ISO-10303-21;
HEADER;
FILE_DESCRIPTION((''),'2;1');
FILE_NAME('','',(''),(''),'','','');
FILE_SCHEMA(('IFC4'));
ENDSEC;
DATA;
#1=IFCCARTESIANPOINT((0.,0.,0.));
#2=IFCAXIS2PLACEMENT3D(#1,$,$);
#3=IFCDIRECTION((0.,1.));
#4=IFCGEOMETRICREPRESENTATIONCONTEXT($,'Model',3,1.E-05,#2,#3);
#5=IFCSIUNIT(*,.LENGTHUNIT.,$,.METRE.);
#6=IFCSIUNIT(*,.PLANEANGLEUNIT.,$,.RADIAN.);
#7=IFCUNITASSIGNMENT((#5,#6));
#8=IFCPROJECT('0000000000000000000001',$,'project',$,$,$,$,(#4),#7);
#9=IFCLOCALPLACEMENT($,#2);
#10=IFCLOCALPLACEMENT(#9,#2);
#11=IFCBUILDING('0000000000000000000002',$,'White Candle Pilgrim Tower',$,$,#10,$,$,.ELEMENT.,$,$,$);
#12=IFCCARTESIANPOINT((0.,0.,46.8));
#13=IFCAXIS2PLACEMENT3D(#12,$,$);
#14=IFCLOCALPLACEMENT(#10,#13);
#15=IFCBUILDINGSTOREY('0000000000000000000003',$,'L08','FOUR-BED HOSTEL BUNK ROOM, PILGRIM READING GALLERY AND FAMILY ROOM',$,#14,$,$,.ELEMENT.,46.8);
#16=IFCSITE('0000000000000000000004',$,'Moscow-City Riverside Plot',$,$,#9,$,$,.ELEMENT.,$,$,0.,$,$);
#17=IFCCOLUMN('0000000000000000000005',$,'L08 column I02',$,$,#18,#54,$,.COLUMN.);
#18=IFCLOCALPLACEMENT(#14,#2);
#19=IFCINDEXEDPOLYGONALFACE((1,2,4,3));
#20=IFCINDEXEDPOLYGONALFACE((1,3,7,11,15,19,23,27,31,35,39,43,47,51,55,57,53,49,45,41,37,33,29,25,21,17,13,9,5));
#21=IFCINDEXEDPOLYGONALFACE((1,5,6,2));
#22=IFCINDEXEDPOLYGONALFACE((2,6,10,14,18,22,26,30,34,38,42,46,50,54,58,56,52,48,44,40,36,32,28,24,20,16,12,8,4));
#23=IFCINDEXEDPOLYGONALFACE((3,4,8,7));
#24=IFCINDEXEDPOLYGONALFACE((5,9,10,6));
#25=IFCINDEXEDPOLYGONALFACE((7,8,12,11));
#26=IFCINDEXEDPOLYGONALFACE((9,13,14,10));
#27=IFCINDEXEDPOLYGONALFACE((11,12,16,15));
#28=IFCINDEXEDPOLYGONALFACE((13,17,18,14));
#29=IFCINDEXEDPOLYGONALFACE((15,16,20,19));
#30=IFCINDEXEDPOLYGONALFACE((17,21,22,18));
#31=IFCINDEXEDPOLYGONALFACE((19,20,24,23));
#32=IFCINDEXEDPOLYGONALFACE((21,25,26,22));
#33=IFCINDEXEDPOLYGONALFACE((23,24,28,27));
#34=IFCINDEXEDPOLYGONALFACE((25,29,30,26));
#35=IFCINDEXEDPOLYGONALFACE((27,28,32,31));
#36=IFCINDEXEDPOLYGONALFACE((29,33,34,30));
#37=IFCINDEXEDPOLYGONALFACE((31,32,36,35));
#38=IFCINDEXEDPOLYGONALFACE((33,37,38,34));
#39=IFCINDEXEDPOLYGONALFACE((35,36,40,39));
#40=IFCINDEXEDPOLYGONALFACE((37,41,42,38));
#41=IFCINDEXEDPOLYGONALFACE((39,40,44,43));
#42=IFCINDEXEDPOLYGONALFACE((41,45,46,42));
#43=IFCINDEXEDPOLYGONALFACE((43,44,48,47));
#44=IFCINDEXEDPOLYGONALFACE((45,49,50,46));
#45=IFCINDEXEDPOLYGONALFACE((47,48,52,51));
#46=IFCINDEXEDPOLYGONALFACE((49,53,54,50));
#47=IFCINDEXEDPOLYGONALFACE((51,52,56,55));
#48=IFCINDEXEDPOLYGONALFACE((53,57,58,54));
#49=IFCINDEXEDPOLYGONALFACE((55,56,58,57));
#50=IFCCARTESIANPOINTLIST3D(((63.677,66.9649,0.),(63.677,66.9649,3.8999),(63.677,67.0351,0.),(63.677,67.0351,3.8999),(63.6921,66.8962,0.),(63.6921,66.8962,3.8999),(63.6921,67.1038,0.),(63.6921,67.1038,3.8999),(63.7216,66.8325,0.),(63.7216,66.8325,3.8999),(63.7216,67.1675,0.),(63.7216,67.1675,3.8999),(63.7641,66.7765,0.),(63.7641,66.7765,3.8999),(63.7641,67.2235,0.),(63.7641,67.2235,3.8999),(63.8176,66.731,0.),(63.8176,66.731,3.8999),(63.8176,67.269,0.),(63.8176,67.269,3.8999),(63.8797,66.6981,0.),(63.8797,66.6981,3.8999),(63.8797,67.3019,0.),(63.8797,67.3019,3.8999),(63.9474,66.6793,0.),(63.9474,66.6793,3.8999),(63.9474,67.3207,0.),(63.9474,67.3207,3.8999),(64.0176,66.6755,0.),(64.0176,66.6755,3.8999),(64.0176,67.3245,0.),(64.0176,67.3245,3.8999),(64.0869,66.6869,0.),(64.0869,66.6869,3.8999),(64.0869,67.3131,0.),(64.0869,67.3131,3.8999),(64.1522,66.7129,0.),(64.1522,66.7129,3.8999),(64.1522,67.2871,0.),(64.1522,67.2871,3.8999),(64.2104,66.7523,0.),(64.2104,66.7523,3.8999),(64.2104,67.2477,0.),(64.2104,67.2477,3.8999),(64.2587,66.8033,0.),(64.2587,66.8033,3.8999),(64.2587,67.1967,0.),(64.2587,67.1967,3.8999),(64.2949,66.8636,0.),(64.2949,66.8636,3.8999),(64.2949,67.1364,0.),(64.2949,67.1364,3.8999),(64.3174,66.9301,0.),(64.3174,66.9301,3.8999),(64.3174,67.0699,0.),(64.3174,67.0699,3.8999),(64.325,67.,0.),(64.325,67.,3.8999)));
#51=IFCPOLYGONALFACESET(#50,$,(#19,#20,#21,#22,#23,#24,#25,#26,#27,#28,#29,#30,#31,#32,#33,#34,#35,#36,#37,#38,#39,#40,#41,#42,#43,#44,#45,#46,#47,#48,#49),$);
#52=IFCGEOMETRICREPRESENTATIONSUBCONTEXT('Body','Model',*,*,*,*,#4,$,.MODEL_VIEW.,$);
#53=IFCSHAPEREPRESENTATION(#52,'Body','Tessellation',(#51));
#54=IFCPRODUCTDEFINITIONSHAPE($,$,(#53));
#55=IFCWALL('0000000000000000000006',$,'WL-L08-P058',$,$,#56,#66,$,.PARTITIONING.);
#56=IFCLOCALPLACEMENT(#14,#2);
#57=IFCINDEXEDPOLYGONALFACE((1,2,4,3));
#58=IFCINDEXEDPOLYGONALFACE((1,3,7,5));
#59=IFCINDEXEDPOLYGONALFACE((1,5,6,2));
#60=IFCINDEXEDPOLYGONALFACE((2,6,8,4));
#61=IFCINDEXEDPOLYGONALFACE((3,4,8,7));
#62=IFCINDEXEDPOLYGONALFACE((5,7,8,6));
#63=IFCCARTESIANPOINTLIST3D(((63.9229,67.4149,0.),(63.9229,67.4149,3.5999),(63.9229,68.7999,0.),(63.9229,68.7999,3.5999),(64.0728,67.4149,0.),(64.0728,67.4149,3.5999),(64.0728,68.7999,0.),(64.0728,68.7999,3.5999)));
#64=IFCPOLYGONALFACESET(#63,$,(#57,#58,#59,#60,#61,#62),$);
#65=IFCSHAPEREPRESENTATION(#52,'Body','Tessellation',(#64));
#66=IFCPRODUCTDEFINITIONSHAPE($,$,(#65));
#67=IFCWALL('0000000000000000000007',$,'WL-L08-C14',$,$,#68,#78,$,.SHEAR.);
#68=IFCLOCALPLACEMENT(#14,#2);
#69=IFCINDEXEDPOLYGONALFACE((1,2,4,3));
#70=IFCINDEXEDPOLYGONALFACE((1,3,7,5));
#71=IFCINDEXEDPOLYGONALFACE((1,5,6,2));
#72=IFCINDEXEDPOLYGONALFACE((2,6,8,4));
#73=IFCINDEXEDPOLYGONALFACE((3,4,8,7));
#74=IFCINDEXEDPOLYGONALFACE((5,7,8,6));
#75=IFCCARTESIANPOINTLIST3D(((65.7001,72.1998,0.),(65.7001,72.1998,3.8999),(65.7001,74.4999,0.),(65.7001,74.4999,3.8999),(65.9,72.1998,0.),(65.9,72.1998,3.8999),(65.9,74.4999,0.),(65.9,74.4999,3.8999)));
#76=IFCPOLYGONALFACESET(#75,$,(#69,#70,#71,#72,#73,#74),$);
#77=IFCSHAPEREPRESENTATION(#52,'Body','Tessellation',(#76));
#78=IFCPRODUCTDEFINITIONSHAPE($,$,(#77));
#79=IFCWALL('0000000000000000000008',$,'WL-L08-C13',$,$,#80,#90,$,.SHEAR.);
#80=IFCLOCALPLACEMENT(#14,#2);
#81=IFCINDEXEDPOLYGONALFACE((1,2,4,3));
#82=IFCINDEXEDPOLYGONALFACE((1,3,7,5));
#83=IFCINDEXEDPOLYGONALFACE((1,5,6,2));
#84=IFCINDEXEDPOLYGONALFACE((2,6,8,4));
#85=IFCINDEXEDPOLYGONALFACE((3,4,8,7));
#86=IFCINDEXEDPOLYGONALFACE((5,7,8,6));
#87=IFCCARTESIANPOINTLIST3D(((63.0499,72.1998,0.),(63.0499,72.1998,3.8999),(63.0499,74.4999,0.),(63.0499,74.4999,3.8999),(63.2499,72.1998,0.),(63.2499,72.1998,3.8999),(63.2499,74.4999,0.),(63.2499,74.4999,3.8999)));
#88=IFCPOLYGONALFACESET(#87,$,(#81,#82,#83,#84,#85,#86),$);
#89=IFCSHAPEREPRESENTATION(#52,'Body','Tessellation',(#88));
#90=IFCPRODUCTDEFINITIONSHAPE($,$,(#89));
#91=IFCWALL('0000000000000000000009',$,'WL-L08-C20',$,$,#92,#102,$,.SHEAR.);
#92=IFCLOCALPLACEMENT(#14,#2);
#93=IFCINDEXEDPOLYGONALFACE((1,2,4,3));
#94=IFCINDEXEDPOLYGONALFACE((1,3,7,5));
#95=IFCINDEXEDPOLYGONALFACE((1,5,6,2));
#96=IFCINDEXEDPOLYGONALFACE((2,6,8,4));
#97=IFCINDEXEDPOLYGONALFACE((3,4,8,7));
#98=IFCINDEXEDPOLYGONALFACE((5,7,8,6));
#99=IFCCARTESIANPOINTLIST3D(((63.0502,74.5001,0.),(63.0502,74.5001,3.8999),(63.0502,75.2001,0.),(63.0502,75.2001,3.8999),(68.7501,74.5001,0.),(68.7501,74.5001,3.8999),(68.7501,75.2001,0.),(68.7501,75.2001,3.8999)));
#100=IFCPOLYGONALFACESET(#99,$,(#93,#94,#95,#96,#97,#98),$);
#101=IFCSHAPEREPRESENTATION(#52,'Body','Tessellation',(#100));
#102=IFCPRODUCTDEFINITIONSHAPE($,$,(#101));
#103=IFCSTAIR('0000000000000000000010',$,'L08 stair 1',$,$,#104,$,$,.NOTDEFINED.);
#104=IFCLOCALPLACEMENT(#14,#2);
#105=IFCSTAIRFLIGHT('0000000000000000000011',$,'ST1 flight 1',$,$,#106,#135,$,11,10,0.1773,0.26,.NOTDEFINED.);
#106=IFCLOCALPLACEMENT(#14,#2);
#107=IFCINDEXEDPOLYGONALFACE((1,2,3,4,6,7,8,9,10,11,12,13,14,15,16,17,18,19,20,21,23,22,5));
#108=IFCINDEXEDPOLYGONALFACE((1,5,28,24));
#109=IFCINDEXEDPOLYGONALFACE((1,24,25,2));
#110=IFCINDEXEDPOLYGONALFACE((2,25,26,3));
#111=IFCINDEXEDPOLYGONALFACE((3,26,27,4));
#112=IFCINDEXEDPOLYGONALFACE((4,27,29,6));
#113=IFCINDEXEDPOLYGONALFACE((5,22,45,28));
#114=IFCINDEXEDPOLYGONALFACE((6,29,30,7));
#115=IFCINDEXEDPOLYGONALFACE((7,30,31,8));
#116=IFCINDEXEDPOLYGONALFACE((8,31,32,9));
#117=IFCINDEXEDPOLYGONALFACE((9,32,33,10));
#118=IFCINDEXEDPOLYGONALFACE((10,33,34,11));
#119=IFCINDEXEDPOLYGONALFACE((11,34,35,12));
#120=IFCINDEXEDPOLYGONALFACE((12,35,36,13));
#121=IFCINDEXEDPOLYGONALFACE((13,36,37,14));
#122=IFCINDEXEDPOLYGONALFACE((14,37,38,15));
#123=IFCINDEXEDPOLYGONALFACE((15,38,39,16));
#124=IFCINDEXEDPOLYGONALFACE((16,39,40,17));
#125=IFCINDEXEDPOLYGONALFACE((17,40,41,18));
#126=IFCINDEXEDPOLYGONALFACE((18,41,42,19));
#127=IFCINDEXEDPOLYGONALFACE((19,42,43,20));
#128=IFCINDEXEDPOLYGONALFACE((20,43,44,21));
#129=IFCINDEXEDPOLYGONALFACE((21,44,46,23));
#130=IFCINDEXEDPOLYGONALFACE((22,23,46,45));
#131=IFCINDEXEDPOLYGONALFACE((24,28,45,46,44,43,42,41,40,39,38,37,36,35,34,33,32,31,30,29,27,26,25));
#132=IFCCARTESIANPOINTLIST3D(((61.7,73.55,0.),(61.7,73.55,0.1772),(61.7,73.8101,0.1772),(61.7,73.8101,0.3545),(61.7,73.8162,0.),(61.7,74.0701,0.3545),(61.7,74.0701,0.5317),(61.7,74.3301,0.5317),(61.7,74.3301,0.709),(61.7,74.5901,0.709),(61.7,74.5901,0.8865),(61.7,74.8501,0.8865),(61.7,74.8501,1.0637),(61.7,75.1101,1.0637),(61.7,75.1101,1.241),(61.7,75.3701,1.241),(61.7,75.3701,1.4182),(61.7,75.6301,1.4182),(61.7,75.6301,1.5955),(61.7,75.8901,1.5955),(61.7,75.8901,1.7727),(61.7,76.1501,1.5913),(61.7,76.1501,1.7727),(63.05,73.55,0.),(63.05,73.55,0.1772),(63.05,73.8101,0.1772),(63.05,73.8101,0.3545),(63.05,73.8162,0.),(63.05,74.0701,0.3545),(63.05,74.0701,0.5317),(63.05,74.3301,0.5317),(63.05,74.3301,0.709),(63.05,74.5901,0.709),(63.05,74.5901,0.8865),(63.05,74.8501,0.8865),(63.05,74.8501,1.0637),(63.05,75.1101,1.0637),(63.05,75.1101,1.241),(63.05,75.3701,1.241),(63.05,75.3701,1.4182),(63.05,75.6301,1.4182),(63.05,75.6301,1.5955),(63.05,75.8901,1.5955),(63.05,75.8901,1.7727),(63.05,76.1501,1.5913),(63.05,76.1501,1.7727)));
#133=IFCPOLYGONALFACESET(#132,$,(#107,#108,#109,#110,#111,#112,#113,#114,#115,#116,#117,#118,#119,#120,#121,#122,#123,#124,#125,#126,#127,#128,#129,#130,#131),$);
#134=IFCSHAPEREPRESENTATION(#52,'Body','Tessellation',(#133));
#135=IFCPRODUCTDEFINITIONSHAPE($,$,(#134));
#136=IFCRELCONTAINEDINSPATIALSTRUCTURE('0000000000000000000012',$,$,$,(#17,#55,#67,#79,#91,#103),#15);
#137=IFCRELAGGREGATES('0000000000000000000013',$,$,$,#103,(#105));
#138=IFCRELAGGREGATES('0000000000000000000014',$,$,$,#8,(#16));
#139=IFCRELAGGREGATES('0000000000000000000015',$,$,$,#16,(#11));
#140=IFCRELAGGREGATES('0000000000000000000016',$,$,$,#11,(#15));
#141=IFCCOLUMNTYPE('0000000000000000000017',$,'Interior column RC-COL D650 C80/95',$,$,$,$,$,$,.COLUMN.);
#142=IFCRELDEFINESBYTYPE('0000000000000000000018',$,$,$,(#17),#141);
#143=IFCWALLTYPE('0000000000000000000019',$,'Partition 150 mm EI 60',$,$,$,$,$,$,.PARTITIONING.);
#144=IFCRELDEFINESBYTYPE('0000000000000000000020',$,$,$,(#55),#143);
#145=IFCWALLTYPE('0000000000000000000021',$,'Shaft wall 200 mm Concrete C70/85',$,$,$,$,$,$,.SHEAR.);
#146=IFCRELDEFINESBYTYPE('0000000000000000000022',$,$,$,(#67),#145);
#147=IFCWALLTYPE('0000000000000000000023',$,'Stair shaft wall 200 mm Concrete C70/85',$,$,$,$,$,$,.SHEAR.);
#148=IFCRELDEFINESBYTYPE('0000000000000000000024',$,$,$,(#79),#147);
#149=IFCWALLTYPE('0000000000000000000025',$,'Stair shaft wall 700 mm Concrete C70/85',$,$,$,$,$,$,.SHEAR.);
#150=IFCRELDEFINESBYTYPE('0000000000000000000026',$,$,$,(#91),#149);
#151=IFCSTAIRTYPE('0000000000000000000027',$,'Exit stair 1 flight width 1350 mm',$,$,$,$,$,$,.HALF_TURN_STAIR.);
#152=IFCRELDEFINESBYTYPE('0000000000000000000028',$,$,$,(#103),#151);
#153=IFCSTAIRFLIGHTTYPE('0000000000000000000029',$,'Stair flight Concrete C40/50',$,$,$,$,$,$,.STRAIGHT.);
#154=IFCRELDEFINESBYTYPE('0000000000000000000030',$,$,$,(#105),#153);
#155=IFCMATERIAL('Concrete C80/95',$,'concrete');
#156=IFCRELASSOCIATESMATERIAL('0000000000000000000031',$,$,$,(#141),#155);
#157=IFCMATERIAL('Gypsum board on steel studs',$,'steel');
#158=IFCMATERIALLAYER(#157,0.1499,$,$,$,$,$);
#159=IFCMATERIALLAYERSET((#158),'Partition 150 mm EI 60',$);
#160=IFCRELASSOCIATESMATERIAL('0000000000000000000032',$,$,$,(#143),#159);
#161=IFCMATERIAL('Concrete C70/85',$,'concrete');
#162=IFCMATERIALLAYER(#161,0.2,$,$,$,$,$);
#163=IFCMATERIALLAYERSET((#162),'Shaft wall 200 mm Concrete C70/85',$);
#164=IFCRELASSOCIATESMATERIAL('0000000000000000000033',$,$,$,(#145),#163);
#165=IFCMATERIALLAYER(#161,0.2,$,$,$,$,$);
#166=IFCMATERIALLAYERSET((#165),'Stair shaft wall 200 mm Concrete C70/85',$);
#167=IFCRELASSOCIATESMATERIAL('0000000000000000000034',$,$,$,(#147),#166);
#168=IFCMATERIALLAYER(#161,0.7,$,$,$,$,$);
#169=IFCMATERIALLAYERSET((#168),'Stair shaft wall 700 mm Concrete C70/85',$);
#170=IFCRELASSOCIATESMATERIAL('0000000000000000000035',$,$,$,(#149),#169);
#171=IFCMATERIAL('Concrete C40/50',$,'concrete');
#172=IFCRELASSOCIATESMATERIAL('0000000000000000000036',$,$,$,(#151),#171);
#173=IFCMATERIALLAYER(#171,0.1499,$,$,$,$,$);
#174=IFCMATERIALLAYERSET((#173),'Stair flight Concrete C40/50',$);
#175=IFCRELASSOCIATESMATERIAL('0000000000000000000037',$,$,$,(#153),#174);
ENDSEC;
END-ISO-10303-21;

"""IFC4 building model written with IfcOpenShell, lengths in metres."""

from ifc_helpers import new_model, si_unit, direction, frame, frame_2d, origin, origin_2d, place, context, subcontext, project, spatial, polyline, rectangle, circle, outline, extrude, material, layer, layer_set, material_profile, profile_set, type_object, element, aggregate, save


model = new_model("IFC4")

# Units and contexts
model_context = context("Model", 3, precision=1e-05, world=origin(), true_north=direction((0.0, 1.0)))
body_context = subcontext(model_context, "Body", "Model", "MODEL_VIEW")
ifc_project = project(units=[si_unit("LENGTHUNIT", "METRE"), si_unit("PLANEANGLEUNIT", "RADIAN")], contexts=[model_context])

# Site, building, storey
site_placement = place(None, origin())
site = spatial("IfcSite", under=ifc_project, at=site_placement, Name="Moscow-City Riverside Plot", CompositionType="ELEMENT", RefElevation=0.0)
building_placement = place(site_placement, origin())
building = spatial("IfcBuilding", under=site, at=building_placement, Name="White Candle Pilgrim Tower", CompositionType="ELEMENT")
storey_placement = place(building_placement, frame((0.0, 0.0, 46.8)))
storey = spatial("IfcBuildingStorey", under=building, at=storey_placement, Name="L08", Description="FOUR-BED HOSTEL BUNK ROOM, PILGRIM READING GALLERY AND FAMILY ROOM", CompositionType="ELEMENT", Elevation=46.8)

# Column
ifc_material_1 = material(Name="Concrete C80/95", Category="concrete")
ifc_material_profile = material_profile(ifc_material_1, circle(Radius=0.325, at=origin_2d()), Name="RC-COL D650")
ifc_profile_set = profile_set([ifc_material_profile], Name="Concrete C80/95")
column_type = type_object("IfcColumnType", Name="Interior column RC-COL D650 C80/95", PredefinedType="COLUMN", material=ifc_profile_set)
column_placement = place(storey_placement, frame((64.0, 67.0, 0.0), z_axis=(0.0, 0.0, 1.0), x_axis=(1.0, 0.0, 0.0)))
element("IfcColumn", 1, at=column_placement, inside=storey, type_object=column_type, Name="L08 column I02", PredefinedType="COLUMN", context=body_context, shape_type="SweptSolid", body=[
    extrude(circle(Radius=0.325, at=origin_2d()), origin(), (0.0, 0.0, 1.0), 3.8999),
])

# Walls
ifc_material_2 = material(Name="Gypsum board on steel studs", Category="steel")
ifc_layer_1 = layer(ifc_material_2, 0.1499)
ifc_layer_set_1 = layer_set([ifc_layer_1], Name="Partition 150 mm EI 60")
wall_type_1 = type_object("IfcWallType", Name="Partition 150 mm EI 60", PredefinedType="PARTITIONING", material=ifc_layer_set_1)
wall_1_placement = place(storey_placement, frame((63.9978, 67.415, 0.0), z_axis=(0.0, 0.0, 1.0), x_axis=(0.0, 1.0, 0.0)))
element("IfcWall", 2, at=wall_1_placement, inside=storey, type_object=wall_type_1, Name="WL-L08-P058", PredefinedType="PARTITIONING", context=body_context, shape_type="SweptSolid", body=[
    extrude(rectangle(XDim=1.385, YDim=0.1499, at=frame_2d((0.6924, 0.0))), origin(), (0.0, 0.0, 1.0), 3.5999),
])
ifc_material_3 = material(Name="Concrete C70/85", Category="concrete")
ifc_layer_2 = layer(ifc_material_3, 0.2)
ifc_layer_set_2 = layer_set([ifc_layer_2], Name="Shaft wall 200 mm Concrete C70/85")
wall_type_2 = type_object("IfcWallType", Name="Shaft wall 200 mm Concrete C70/85", PredefinedType="SHEAR", material=ifc_layer_set_2)
wall_2_placement = place(storey_placement, frame((65.8, 72.2, 0.0), z_axis=(0.0, 0.0, 1.0), x_axis=(0.0, 1.0, 0.0)))
element("IfcWall", 3, at=wall_2_placement, inside=storey, type_object=wall_type_2, Name="WL-L08-C14", PredefinedType="SHEAR", context=body_context, shape_type="SweptSolid", body=[
    extrude(rectangle(XDim=2.3, YDim=0.2, at=frame_2d((1.1499, 0.0))), origin(), (0.0, 0.0, 1.0), 3.8999),
])
ifc_layer_3 = layer(ifc_material_3, 0.2)
ifc_layer_set_3 = layer_set([ifc_layer_3], Name="Stair shaft wall 200 mm Concrete C70/85")
wall_type_3 = type_object("IfcWallType", Name="Stair shaft wall 200 mm Concrete C70/85", PredefinedType="SHEAR", material=ifc_layer_set_3)
wall_3_placement = place(storey_placement, frame((63.1499, 72.2, 0.0), z_axis=(0.0, 0.0, 1.0), x_axis=(0.0, 1.0, 0.0)))
element("IfcWall", 4, at=wall_3_placement, inside=storey, type_object=wall_type_3, Name="WL-L08-C13", PredefinedType="SHEAR", context=body_context, shape_type="SweptSolid", body=[
    extrude(rectangle(XDim=2.3, YDim=0.2, at=frame_2d((1.1499, 0.0))), origin(), (0.0, 0.0, 1.0), 3.8999),
])
ifc_layer_4 = layer(ifc_material_3, 0.7)
ifc_layer_set_4 = layer_set([ifc_layer_4], Name="Stair shaft wall 700 mm Concrete C70/85")
wall_type_4 = type_object("IfcWallType", Name="Stair shaft wall 700 mm Concrete C70/85", PredefinedType="SHEAR", material=ifc_layer_set_4)
wall_4_placement = place(storey_placement, frame((63.05, 74.8501, 0.0), z_axis=(0.0, 0.0, 1.0), x_axis=(1.0, 0.0, 0.0)))
element("IfcWall", 5, at=wall_4_placement, inside=storey, type_object=wall_type_4, Name="WL-L08-C20", PredefinedType="SHEAR", context=body_context, shape_type="SweptSolid", body=[
    extrude(rectangle(XDim=5.7, YDim=0.7, at=frame_2d((2.8501, 0.0))), origin(), (0.0, 0.0, 1.0), 3.8999),
])

# Stair, stair flight
ifc_material_4 = material(Name="Concrete C40/50", Category="concrete")
stair_type = type_object("IfcStairType", Name="Exit stair 1 flight width 1350 mm", PredefinedType="HALF_TURN_STAIR", material=ifc_material_4)
stair_placement = place(storey_placement, origin())
stair = element("IfcStair", 6, at=stair_placement, inside=storey, type_object=stair_type, Name="L08 stair 1", PredefinedType="NOTDEFINED")
ifc_layer_5 = layer(ifc_material_4, 0.1499)
ifc_layer_set_5 = layer_set([ifc_layer_5], Name="Stair flight Concrete C40/50")
stair_flight_type = type_object("IfcStairFlightType", Name="Stair flight Concrete C40/50", PredefinedType="STRAIGHT", material=ifc_layer_set_5)
stair_flight_placement = place(storey_placement, frame((62.375, 73.55, 0.0), z_axis=(0.0, 0.0, 1.0), x_axis=(0.0, 1.0, 0.0)))
stair_flight = element("IfcStairFlight", 7, at=stair_flight_placement, type_object=stair_flight_type, Name="ST1 flight 1", NumberOfRisers=11, NumberOfTreads=10, PredefinedType="NOTDEFINED", RiserHeight=0.1773, TreadLength=0.26, context=body_context, shape_type="SweptSolid", body=[
    extrude(outline(polyline([(0.0, 0.0), (0.0, 0.1772), (0.26, 0.1772), (0.26, 0.3545), (0.52, 0.3545), (0.52, 0.5317), (0.78, 0.5317), (0.78, 0.709), (1.04, 0.709), (1.04, 0.8865), (1.3, 0.8865), (1.3, 1.0637), (1.5601, 1.0637), (1.5601, 1.241), (1.8201, 1.241), (1.8201, 1.4182), (2.0801, 1.4182), (2.0801, 1.5955), (2.3401, 1.5955), (2.3401, 1.7727), (2.6001, 1.7727), (2.6001, 1.95), (2.6001, 1.5913), (0.2661, 0.0), (0.0, 0.0)])), frame((0.0, 0.675, 0.0), z_axis=(0.0, -1.0, 0.0), x_axis=(1.0, 0.0, 0.0)), (0.0, 0.0, 1.0), 1.3501),
])
aggregate(stair, [stair_flight])

save(model, "model.ifc")
